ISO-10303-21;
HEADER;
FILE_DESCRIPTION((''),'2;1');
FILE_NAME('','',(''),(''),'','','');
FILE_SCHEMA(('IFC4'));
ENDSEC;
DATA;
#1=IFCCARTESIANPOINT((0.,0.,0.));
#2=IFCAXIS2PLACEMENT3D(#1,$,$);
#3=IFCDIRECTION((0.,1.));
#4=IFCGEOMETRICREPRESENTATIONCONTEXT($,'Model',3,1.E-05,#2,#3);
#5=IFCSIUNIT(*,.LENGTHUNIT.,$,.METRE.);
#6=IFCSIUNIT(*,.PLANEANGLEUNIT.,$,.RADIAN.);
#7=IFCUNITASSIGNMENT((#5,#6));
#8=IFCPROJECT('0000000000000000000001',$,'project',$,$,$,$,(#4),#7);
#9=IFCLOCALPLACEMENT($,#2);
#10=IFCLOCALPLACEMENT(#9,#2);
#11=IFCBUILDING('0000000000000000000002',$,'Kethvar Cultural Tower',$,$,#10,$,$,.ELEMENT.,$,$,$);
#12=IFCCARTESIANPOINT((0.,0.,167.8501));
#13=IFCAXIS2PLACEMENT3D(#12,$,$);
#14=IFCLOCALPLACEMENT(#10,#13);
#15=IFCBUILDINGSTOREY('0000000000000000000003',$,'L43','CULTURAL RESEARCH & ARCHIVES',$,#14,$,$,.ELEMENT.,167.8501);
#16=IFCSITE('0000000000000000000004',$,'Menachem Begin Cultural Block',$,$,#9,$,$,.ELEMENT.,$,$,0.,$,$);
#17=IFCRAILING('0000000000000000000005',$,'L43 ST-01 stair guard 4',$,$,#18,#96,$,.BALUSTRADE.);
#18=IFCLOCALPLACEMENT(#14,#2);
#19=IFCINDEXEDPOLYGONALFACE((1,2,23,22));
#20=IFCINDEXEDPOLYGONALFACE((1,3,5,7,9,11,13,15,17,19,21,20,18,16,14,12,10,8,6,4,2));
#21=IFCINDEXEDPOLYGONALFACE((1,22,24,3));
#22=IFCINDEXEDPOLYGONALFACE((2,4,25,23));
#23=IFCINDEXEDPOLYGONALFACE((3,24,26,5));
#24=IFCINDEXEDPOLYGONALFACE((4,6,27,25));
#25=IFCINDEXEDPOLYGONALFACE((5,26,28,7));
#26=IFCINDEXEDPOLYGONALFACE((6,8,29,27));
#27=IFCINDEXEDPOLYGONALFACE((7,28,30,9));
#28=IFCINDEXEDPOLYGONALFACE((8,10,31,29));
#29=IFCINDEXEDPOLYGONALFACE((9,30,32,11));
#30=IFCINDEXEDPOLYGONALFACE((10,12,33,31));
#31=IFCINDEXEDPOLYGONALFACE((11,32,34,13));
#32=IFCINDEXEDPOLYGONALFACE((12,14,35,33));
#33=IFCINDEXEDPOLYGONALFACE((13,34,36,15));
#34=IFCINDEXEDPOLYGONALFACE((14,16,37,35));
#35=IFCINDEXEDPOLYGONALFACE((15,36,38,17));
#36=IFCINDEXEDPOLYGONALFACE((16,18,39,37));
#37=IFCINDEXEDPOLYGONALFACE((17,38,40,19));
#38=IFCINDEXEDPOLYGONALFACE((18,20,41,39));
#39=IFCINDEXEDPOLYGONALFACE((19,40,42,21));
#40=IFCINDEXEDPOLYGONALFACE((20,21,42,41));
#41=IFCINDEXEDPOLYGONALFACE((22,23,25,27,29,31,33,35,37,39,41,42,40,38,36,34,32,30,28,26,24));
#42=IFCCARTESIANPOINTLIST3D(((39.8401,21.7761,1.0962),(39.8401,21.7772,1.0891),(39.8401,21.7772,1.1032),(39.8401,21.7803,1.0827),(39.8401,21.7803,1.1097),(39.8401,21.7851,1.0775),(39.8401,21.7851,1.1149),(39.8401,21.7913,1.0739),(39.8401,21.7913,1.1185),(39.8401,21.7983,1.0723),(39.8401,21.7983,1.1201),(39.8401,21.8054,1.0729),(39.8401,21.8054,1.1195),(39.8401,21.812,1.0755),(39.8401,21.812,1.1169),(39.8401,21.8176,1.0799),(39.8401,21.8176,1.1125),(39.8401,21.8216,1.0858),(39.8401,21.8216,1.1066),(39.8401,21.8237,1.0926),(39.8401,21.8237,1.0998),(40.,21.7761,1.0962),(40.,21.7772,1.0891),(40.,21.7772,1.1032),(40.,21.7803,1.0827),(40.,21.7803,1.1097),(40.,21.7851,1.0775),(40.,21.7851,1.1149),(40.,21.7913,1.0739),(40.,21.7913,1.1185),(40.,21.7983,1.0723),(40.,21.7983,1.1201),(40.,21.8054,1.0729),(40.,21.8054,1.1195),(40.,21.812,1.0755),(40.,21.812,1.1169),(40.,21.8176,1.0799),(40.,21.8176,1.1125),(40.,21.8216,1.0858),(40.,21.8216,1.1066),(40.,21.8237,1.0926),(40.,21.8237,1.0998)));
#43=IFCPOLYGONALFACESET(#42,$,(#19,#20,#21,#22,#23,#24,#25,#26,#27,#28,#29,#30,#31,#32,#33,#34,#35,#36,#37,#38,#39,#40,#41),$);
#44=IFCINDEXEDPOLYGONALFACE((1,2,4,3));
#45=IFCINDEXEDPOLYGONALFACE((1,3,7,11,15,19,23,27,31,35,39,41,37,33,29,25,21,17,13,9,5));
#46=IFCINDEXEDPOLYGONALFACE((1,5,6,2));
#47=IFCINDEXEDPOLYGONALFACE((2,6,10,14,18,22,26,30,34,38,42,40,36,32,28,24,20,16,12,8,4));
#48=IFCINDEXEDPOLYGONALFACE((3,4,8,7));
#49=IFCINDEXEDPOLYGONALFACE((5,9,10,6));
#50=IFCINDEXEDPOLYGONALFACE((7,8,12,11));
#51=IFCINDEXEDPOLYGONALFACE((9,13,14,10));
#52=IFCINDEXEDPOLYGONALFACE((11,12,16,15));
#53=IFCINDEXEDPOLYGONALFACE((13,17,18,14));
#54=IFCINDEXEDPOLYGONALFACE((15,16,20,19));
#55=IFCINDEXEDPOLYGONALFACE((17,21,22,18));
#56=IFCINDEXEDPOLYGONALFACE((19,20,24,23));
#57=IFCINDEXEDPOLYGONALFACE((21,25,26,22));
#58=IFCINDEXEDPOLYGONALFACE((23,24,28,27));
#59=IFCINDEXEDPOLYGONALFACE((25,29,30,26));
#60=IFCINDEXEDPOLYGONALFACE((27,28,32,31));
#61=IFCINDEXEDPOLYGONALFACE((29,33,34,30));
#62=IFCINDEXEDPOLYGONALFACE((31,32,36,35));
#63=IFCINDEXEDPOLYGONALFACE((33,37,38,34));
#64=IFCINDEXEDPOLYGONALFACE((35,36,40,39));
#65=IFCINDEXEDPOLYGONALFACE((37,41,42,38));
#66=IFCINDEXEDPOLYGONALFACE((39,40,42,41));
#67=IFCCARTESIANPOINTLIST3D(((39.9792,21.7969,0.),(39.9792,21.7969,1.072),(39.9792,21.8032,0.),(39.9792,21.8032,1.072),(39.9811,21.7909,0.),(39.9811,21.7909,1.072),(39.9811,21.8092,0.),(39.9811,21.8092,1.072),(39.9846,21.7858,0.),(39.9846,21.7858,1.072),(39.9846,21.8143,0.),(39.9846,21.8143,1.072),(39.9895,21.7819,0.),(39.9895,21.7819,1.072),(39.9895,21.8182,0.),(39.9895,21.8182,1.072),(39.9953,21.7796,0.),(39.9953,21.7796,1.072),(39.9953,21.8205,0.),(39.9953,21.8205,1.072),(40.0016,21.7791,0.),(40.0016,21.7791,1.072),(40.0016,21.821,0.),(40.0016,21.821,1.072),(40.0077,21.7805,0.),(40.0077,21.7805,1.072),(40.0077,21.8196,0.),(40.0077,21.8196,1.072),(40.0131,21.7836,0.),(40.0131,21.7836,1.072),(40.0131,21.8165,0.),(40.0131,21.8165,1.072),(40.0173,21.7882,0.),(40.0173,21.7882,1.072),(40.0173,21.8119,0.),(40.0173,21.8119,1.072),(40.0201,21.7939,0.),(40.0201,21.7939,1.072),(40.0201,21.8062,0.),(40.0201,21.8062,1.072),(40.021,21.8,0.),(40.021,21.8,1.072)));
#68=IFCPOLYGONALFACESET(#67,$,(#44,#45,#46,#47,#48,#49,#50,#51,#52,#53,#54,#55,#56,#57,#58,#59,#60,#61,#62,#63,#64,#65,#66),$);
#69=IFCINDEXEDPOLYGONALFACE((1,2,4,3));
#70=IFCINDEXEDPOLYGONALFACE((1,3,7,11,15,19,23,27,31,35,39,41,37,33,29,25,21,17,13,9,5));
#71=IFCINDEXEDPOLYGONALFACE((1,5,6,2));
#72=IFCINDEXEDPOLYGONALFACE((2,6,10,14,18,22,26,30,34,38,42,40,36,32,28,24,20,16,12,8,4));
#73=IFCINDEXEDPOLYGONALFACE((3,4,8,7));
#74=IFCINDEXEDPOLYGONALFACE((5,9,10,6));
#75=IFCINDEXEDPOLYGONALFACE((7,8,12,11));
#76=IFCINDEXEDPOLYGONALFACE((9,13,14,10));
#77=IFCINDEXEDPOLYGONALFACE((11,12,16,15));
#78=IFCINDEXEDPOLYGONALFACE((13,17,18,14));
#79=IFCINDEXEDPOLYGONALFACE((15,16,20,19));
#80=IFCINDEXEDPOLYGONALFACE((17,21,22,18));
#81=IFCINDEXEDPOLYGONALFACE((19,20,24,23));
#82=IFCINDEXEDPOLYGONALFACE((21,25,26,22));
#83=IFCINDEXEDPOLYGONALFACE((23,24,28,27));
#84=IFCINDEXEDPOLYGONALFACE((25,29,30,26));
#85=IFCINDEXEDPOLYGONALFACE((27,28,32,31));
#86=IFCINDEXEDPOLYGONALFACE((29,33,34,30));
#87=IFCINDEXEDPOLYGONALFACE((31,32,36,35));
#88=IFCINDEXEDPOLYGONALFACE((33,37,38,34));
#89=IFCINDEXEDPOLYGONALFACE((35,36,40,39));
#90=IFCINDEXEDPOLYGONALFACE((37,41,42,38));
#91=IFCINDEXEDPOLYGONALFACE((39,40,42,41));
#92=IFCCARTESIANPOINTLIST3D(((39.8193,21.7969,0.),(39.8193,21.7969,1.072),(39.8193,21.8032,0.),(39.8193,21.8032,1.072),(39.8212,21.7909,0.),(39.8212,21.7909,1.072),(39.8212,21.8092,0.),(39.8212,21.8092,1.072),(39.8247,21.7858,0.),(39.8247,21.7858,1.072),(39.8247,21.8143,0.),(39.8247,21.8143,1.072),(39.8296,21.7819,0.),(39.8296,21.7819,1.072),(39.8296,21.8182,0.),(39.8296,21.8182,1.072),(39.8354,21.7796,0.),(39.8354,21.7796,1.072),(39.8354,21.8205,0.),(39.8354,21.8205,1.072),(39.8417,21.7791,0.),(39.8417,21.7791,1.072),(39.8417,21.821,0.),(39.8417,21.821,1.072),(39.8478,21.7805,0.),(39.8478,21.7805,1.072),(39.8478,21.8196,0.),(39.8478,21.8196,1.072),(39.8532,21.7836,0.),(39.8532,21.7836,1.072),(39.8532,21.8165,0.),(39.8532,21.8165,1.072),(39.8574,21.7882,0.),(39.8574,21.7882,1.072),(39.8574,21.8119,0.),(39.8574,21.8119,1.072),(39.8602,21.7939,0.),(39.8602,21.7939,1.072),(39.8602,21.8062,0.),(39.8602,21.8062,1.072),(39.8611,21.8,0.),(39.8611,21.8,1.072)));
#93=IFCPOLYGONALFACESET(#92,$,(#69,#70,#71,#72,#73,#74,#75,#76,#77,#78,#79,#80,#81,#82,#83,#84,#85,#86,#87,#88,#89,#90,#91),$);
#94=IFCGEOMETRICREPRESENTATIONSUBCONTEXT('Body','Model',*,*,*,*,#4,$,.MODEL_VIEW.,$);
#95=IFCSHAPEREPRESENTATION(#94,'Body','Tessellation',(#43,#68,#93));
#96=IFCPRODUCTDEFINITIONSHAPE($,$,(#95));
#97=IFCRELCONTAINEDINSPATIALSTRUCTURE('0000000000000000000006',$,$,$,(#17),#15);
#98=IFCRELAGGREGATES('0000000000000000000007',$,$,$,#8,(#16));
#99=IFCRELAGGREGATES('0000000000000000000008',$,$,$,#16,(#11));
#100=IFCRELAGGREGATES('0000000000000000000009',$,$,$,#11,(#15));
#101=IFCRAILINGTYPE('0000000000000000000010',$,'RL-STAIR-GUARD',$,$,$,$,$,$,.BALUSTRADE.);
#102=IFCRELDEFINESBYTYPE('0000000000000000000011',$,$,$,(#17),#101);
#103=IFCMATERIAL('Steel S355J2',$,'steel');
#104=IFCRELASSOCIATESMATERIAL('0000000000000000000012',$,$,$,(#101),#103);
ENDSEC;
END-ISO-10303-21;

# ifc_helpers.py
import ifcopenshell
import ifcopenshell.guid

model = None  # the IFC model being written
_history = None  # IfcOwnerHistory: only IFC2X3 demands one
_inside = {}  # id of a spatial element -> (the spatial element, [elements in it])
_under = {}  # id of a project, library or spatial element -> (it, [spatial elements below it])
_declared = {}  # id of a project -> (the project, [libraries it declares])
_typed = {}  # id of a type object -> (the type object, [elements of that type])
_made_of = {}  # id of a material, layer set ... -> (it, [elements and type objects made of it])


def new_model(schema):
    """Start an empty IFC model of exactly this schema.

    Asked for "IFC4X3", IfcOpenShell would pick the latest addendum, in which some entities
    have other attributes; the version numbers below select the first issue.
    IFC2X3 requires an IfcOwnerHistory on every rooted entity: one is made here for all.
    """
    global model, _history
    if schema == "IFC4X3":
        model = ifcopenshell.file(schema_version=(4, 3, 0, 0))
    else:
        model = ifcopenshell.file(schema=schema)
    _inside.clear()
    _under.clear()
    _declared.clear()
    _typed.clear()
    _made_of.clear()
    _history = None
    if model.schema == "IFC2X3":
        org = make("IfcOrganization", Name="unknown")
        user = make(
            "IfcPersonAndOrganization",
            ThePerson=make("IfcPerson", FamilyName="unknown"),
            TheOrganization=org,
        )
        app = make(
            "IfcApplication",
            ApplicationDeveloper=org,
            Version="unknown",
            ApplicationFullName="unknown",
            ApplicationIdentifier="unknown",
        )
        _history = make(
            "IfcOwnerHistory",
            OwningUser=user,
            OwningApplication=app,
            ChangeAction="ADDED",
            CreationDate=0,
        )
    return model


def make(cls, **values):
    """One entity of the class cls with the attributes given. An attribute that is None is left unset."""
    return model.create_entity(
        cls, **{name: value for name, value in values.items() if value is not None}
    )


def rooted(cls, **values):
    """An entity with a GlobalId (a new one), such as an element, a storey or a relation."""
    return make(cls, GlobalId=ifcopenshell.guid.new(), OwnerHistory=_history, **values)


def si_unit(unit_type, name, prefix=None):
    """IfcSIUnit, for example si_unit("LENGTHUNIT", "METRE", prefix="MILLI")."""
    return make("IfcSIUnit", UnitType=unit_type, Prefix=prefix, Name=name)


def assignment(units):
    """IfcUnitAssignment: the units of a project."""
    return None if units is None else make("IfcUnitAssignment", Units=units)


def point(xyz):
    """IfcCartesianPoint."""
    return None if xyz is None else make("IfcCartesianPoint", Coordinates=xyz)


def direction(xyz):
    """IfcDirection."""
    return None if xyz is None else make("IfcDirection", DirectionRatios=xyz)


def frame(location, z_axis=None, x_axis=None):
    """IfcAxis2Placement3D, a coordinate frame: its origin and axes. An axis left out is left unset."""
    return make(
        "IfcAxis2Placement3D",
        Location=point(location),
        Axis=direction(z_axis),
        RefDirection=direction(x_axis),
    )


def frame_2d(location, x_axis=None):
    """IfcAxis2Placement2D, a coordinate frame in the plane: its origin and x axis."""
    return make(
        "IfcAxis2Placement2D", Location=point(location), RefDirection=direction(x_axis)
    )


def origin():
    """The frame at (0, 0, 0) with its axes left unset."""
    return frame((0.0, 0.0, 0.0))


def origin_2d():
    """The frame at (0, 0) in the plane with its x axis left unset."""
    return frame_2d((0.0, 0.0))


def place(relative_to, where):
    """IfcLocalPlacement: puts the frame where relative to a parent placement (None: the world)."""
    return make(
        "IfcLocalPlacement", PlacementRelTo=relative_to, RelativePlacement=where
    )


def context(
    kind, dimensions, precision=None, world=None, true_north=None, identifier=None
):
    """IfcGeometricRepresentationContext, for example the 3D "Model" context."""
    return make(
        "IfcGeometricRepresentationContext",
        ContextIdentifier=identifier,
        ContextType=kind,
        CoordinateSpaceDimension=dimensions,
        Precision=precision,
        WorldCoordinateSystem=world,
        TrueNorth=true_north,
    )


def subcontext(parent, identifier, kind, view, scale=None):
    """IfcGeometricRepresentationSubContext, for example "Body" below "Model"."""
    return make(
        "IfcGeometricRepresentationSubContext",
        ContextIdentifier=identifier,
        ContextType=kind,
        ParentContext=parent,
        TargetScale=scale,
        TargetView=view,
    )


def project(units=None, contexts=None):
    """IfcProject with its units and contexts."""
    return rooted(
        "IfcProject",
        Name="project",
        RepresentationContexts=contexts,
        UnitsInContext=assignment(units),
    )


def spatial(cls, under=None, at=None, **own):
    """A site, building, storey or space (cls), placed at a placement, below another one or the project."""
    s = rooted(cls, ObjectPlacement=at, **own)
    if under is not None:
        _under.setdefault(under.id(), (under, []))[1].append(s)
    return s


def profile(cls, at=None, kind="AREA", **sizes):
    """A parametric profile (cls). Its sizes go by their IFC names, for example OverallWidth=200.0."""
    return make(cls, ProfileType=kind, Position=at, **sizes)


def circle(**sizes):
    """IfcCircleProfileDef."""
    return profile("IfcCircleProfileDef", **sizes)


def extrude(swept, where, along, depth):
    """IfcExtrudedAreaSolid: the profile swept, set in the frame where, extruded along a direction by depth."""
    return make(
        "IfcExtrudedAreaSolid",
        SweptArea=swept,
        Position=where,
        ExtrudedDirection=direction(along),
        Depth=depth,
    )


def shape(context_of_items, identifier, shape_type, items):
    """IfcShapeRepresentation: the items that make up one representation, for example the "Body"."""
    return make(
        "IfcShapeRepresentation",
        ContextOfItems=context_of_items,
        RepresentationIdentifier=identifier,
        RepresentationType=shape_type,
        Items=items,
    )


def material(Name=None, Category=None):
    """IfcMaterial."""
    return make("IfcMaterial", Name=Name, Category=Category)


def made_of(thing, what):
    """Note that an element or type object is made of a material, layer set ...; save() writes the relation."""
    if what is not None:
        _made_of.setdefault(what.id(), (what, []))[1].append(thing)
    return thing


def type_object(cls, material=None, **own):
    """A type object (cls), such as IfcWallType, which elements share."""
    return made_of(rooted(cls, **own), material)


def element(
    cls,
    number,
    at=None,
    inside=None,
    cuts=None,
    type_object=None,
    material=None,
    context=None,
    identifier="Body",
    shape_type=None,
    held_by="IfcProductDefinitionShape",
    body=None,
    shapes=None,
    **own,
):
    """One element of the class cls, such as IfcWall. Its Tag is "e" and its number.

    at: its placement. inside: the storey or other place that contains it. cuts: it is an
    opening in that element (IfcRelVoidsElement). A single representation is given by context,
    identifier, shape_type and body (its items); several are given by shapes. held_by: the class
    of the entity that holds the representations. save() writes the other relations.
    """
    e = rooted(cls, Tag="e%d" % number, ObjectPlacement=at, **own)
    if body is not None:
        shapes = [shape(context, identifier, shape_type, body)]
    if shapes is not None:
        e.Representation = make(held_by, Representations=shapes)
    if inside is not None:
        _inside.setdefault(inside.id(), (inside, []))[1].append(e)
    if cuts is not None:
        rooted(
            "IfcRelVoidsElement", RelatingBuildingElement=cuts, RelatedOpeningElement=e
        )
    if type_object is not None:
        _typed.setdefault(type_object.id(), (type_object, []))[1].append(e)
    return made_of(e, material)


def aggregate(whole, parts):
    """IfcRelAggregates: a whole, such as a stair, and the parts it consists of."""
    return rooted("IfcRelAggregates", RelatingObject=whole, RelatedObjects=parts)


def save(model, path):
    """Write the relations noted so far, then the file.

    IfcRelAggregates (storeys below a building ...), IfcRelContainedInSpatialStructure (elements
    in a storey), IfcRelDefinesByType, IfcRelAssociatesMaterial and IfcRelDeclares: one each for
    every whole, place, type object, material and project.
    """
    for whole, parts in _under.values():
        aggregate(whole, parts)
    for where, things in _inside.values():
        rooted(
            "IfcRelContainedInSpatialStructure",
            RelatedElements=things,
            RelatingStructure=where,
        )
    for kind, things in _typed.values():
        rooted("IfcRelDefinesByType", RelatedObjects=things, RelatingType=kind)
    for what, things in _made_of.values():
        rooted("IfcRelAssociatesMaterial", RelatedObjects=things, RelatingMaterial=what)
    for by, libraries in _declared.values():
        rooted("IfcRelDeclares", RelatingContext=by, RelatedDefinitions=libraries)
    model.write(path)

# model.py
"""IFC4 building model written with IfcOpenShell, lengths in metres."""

from ifc_helpers import new_model, si_unit, direction, frame, origin, origin_2d, place, context, subcontext, project, spatial, circle, extrude, material, type_object, element, save


model = new_model("IFC4")

# Units and contexts
model_context = context("Model", 3, precision=1e-05, world=origin(), true_north=direction((0.0, 1.0)))
body_context = subcontext(model_context, "Body", "Model", "MODEL_VIEW")
ifc_project = project(units=[si_unit("LENGTHUNIT", "METRE"), si_unit("PLANEANGLEUNIT", "RADIAN")], contexts=[model_context])

# Site, building, storey
site_placement = place(None, origin())
site = spatial("IfcSite", under=ifc_project, at=site_placement, Name="Menachem Begin Cultural Block", CompositionType="ELEMENT", RefElevation=0.0)
building_placement = place(site_placement, origin())
building = spatial("IfcBuilding", under=site, at=building_placement, Name="Kethvar Cultural Tower", CompositionType="ELEMENT")
storey_placement = place(building_placement, frame((0.0, 0.0, 167.8501)))
storey = spatial("IfcBuildingStorey", under=building, at=storey_placement, Name="L43", Description="CULTURAL RESEARCH & ARCHIVES", CompositionType="ELEMENT", Elevation=167.8501)

# Shared definitions
ifc_material_1 = material(Name="Steel S355J2", Category="steel")

# Railing
railing_type_1 = type_object("IfcRailingType", Name="RL-STAIR-GUARD", PredefinedType="BALUSTRADE", material=ifc_material_1)
railing_1_placement = place(storey_placement, frame((40.0, 21.8, 0.0)))
element("IfcRailing", 1, at=railing_1_placement, inside=storey, type_object=railing_type_1, Name="L43 ST-01 stair guard 4", PredefinedType="BALUSTRADE", context=body_context, shape_type="SweptSolid", body=[
    extrude(circle(Radius=0.0239, at=origin_2d()), frame((0.0, 0.0, 1.0962), z_axis=(-1.0, 0.0, 0.0), x_axis=(0.0, -1.0, 0.0)), (0.0, 0.0, 1.0), 0.1599),
    extrude(circle(Radius=0.021, at=origin_2d()), origin(), (0.0, 0.0, 1.0), 1.072),
    extrude(circle(Radius=0.021, at=origin_2d()), frame((-0.1599, 0.0, 0.0)), (0.0, 0.0, 1.0), 1.072),
])

save(model, "model.ifc")
